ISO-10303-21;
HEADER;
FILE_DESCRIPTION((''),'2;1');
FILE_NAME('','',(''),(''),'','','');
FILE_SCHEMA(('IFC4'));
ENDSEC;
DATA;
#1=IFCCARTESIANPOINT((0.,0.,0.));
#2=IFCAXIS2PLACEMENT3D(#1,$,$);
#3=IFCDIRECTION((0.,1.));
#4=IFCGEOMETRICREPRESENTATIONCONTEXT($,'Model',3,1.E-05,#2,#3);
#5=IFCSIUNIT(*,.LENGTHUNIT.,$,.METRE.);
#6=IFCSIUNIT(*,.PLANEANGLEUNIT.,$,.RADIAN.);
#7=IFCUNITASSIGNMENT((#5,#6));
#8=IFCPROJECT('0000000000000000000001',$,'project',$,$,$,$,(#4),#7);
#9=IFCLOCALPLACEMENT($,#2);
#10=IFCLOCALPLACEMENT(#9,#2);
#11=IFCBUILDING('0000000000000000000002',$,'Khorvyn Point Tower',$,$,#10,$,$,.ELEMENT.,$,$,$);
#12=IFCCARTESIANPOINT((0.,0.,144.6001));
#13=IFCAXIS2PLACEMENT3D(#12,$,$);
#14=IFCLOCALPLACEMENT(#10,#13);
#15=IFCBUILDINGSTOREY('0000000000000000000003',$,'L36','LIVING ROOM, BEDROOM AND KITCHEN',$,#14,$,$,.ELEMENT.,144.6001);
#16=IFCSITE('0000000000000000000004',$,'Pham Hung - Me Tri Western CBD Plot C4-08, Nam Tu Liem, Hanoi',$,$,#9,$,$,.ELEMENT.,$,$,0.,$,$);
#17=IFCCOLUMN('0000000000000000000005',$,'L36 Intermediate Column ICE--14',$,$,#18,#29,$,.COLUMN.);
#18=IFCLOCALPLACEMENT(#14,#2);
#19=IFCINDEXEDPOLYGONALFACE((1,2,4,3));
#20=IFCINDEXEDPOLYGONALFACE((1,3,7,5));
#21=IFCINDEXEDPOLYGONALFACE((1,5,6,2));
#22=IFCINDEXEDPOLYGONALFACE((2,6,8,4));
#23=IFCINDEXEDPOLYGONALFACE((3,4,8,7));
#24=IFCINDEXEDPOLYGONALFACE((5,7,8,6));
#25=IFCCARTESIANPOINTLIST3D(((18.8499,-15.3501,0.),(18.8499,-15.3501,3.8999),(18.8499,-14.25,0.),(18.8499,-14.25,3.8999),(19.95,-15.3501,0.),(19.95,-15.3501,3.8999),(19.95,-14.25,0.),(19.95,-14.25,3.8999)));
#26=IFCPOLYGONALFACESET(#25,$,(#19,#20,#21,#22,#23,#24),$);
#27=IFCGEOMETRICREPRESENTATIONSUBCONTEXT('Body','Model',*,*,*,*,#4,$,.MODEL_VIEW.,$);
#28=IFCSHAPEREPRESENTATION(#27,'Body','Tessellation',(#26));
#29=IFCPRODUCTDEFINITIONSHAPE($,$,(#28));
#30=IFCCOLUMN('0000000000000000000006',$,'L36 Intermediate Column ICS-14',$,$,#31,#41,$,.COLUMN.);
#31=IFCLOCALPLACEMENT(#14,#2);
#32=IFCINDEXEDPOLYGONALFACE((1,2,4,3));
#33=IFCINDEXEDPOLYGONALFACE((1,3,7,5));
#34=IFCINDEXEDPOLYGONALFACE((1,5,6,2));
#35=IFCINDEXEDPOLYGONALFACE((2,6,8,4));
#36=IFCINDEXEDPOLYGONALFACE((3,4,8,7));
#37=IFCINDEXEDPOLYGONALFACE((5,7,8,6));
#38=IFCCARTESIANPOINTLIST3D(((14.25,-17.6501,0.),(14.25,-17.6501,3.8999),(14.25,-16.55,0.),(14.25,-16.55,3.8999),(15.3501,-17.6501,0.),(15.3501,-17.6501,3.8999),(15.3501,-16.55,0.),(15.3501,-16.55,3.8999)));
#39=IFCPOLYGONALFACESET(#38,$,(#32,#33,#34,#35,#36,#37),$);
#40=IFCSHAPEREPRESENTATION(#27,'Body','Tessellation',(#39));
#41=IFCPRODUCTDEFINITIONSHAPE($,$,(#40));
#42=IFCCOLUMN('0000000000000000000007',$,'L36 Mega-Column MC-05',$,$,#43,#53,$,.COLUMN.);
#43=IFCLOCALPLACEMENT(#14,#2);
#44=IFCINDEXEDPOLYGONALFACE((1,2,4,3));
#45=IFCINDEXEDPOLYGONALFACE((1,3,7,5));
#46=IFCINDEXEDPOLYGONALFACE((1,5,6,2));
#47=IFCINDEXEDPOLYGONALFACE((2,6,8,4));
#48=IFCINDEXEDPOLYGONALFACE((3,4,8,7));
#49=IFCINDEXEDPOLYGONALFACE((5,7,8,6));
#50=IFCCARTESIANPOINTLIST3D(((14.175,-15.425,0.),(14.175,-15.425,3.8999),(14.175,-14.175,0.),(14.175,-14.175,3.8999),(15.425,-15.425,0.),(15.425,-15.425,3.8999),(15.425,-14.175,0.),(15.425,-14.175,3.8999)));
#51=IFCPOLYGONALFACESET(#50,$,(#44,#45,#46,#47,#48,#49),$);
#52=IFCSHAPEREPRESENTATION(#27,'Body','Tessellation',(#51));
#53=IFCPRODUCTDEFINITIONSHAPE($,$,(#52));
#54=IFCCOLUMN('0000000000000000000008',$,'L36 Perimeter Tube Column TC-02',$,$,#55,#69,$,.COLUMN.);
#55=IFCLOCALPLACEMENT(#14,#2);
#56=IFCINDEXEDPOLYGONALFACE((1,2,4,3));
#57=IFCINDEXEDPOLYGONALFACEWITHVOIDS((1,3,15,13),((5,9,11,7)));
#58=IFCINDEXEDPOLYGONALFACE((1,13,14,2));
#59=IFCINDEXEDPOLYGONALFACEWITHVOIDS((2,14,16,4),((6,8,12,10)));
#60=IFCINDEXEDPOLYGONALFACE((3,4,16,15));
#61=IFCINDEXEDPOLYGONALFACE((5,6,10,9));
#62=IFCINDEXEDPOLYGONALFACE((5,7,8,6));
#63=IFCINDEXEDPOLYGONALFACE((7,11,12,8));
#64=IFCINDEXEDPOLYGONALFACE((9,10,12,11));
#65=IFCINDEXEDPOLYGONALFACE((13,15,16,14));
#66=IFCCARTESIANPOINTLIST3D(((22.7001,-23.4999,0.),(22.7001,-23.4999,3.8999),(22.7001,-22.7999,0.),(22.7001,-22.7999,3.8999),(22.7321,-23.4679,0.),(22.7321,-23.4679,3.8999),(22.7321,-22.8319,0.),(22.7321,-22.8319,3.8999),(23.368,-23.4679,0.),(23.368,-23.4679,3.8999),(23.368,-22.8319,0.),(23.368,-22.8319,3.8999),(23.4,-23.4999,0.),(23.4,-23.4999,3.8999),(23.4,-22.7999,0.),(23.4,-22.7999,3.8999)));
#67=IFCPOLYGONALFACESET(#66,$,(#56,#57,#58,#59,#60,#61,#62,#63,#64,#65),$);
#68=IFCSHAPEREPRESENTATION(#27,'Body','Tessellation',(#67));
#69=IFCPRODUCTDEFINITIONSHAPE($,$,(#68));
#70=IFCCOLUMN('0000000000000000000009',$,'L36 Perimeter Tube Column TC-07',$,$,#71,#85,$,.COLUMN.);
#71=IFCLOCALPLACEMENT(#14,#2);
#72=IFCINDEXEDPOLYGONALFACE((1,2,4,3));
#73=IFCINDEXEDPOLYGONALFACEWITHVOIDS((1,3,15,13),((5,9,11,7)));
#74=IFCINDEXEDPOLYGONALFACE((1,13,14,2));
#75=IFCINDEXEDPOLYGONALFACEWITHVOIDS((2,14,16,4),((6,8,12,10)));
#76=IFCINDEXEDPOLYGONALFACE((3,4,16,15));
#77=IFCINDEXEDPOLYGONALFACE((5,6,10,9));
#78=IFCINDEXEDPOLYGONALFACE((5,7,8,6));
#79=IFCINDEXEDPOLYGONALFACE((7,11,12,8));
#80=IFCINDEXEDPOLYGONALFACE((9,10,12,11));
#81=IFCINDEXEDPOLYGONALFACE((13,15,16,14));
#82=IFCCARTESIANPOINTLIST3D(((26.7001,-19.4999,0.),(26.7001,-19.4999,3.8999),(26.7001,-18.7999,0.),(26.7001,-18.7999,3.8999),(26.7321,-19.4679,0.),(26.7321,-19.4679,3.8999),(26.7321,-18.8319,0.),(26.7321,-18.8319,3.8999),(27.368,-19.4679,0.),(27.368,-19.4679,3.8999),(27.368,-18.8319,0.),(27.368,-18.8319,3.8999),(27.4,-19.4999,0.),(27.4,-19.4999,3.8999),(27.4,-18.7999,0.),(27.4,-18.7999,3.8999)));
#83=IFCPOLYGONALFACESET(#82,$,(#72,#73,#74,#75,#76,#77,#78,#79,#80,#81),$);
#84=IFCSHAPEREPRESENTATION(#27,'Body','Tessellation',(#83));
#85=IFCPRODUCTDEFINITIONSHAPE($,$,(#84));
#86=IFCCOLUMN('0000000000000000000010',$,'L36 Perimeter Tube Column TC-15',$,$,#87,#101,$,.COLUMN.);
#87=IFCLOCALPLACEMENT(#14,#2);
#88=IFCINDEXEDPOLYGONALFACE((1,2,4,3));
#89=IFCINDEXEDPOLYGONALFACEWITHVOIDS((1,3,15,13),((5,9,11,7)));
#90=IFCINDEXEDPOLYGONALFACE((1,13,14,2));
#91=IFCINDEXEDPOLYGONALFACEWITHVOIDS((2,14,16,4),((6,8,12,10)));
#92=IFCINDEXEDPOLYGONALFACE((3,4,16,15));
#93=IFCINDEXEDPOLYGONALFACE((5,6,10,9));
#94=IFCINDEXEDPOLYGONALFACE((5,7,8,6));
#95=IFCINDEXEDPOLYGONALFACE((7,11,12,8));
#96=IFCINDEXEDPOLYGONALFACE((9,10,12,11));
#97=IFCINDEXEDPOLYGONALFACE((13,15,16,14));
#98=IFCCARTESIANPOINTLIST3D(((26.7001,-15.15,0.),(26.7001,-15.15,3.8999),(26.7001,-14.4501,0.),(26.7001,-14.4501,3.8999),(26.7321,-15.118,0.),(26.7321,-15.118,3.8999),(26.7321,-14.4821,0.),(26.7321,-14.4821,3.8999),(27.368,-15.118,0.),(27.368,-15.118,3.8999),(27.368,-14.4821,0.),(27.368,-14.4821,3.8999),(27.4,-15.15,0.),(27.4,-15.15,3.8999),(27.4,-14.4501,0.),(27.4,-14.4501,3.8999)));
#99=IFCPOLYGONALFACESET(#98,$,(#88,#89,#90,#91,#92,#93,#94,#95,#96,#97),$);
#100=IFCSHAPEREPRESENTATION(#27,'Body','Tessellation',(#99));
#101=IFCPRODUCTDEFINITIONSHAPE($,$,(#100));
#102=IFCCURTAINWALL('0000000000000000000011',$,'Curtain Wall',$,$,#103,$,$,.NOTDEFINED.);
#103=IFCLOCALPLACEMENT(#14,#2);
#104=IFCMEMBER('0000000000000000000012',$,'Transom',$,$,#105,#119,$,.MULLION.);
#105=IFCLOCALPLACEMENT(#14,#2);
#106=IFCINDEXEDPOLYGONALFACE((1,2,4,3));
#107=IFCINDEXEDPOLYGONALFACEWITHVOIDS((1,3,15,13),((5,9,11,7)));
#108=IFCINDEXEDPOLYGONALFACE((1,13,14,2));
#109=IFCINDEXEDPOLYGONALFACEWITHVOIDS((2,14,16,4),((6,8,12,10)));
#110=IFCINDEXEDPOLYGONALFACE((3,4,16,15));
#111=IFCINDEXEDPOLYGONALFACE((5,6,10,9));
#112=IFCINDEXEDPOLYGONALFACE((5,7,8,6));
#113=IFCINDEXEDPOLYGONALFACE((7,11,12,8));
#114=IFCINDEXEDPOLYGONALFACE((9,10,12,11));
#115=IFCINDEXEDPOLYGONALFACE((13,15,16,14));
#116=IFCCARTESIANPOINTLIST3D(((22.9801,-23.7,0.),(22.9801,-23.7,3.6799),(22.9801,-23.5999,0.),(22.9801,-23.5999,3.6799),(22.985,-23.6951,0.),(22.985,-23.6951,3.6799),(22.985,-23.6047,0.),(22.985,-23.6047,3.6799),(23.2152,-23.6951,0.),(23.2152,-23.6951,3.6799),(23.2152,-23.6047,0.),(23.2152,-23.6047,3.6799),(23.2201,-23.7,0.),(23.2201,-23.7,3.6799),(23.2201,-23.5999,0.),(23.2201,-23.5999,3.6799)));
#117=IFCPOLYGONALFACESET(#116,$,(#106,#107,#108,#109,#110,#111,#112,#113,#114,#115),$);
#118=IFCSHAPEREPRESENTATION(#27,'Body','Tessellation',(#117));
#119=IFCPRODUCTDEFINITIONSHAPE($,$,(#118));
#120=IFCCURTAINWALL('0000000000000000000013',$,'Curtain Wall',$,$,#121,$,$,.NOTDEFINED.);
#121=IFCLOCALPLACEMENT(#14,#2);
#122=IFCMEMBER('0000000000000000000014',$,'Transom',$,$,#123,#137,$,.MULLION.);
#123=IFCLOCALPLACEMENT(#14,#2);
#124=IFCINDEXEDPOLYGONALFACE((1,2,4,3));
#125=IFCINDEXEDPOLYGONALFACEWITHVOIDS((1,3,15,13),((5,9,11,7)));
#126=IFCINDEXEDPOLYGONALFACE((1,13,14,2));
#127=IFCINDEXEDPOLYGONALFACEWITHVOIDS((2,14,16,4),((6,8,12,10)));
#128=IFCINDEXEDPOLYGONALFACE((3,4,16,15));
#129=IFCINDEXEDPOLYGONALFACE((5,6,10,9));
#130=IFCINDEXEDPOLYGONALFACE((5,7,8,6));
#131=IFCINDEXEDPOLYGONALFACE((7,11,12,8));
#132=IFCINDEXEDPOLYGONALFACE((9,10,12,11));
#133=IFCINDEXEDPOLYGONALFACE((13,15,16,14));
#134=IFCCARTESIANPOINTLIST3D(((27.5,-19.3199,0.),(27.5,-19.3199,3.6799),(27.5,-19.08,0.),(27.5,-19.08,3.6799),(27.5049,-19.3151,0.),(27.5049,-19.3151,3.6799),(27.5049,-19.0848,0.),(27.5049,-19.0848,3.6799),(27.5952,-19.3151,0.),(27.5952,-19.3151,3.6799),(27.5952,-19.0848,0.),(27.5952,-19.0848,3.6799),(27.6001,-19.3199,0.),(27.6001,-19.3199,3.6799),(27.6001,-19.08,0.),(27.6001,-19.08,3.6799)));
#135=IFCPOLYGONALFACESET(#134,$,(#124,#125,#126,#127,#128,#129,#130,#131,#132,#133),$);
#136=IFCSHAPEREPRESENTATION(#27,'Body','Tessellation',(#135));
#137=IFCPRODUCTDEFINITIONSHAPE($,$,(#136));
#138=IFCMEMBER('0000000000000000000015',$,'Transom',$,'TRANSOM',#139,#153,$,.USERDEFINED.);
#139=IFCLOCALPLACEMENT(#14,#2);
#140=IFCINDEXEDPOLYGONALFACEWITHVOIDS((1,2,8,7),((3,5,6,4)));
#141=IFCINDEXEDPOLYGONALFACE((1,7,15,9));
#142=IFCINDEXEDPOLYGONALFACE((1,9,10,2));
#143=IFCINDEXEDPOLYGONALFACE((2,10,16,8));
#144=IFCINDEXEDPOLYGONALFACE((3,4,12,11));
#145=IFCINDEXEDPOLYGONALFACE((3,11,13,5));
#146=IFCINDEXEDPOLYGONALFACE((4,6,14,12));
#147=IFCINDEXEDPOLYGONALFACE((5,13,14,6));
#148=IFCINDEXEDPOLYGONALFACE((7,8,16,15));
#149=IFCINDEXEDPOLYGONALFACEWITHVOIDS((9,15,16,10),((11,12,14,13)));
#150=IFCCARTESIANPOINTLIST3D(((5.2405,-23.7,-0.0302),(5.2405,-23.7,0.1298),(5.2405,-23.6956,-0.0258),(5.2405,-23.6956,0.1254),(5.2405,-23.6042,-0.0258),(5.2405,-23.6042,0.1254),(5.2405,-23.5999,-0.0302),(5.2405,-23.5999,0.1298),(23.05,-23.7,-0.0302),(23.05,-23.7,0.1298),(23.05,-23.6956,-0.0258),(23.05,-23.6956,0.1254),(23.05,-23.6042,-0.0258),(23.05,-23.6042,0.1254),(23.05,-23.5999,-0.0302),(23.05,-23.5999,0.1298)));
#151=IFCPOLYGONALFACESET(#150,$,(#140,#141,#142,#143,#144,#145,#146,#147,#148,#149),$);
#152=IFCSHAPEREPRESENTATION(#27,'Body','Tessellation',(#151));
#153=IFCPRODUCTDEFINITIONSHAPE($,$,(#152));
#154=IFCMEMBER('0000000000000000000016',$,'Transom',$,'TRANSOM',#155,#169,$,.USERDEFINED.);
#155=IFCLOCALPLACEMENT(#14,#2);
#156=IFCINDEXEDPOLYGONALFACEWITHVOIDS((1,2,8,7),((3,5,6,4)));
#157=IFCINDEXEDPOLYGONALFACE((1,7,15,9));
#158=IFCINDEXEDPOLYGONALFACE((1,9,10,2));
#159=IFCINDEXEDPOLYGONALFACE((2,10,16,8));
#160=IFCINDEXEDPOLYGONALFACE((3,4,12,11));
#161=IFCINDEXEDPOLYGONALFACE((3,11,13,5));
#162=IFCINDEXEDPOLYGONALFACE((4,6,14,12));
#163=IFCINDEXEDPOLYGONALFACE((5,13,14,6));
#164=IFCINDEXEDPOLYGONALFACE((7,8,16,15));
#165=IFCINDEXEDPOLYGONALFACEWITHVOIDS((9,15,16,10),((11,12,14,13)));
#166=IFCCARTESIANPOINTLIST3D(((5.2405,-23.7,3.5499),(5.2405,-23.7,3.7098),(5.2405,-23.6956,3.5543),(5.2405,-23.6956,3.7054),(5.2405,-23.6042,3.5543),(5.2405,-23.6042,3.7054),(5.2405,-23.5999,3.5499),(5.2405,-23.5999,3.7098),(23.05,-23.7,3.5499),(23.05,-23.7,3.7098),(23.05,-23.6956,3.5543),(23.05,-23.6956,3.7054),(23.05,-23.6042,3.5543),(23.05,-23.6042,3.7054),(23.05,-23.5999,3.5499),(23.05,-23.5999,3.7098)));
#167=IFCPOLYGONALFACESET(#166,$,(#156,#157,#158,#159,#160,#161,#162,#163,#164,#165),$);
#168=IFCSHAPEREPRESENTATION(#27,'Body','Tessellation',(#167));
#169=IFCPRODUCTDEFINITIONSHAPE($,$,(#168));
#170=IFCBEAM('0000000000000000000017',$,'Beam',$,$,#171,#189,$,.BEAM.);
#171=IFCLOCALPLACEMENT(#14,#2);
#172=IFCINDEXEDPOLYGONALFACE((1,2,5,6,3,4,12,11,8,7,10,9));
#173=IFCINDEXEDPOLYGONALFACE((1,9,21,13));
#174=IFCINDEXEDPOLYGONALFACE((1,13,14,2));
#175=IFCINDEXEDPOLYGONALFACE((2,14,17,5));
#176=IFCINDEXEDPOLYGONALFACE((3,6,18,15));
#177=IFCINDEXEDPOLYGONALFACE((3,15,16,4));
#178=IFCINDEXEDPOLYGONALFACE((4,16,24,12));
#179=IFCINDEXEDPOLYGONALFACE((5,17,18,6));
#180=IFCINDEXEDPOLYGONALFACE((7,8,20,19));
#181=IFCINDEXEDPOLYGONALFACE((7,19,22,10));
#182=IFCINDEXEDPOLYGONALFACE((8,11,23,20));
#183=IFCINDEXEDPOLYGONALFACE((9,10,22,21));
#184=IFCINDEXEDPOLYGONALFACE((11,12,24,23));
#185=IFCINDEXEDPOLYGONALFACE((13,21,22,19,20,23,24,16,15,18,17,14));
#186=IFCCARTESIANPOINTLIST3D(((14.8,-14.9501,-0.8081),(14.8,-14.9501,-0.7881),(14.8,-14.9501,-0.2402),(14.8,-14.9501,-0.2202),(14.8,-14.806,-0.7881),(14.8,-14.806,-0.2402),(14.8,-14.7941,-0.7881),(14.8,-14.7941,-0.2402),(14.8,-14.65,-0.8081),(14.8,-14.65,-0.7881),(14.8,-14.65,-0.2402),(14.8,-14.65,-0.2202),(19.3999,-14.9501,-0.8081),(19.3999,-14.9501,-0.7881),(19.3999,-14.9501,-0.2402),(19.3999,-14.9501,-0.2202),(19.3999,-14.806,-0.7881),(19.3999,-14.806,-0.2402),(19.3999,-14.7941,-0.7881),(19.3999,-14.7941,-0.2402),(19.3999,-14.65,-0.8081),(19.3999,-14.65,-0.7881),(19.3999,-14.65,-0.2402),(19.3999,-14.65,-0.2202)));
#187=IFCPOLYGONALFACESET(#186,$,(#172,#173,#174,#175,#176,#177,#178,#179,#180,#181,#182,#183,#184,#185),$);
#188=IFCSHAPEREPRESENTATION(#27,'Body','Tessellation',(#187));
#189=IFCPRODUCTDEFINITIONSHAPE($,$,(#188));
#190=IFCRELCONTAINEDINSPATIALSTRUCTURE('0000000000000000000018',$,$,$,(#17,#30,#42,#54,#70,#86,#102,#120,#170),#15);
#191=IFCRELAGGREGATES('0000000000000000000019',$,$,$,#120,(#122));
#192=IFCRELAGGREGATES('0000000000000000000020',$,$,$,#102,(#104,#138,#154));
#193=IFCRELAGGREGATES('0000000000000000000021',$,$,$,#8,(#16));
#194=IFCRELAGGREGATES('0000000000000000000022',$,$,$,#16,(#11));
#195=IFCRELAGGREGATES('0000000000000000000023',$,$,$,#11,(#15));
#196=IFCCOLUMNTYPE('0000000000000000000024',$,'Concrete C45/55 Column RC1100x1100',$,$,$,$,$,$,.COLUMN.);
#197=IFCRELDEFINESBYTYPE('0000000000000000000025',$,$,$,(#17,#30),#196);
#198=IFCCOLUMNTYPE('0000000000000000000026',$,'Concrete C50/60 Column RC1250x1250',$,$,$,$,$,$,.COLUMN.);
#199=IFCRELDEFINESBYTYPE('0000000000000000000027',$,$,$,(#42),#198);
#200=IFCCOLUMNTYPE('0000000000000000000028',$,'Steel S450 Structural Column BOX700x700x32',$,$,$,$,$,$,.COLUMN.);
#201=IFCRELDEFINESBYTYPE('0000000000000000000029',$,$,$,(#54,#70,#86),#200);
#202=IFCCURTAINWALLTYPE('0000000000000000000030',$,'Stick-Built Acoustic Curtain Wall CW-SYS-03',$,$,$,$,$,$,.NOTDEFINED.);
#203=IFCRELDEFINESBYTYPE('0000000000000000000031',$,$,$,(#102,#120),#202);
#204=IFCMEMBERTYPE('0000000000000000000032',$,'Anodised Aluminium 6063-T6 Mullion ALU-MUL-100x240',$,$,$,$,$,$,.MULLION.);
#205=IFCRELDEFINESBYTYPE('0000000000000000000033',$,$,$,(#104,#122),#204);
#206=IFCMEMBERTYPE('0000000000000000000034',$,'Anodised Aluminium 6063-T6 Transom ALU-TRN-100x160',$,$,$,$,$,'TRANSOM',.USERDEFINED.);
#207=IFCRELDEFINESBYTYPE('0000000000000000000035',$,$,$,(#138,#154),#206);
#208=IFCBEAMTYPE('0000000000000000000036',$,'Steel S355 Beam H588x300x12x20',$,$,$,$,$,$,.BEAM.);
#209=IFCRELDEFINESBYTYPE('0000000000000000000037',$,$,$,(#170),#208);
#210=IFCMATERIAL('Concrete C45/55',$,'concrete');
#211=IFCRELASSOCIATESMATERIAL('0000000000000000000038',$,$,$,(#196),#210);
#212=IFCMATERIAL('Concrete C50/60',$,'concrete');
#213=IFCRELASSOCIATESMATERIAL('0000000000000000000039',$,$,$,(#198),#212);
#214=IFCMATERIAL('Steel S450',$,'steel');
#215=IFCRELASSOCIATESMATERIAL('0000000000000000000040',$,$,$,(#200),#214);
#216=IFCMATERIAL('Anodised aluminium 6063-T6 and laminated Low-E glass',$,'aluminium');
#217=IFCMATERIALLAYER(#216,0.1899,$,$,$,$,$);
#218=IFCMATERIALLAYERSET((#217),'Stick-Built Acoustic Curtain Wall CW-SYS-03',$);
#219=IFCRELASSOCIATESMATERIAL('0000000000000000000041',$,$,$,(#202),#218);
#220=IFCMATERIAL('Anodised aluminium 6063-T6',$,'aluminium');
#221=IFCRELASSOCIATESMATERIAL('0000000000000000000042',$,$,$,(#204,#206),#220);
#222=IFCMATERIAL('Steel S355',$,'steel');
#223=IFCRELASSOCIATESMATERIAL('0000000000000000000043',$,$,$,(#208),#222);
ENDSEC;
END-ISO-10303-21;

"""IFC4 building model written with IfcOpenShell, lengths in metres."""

from ifc_helpers import new_model, si_unit, direction, frame, origin, origin_2d, place, context, subcontext, project, spatial, rectangle, hollow_rectangle, i_section, extrude, material, layer, layer_set, material_profile, profile_set, type_object, element, aggregate, save


model = new_model("IFC4")

# Units and contexts
model_context = context("Model", 3, precision=1e-05, world=origin(), true_north=direction((0.0, 1.0)))
body_context = subcontext(model_context, "Body", "Model", "MODEL_VIEW")
ifc_project = project(units=[si_unit("LENGTHUNIT", "METRE"), si_unit("PLANEANGLEUNIT", "RADIAN")], contexts=[model_context])

# Site, building, storey
site_placement = place(None, origin())
site = spatial("IfcSite", under=ifc_project, at=site_placement, Name="Pham Hung - Me Tri Western CBD Plot C4-08, Nam Tu Liem, Hanoi", CompositionType="ELEMENT", RefElevation=0.0)
building_placement = place(site_placement, origin())
building = spatial("IfcBuilding", under=site, at=building_placement, Name="Khorvyn Point Tower", CompositionType="ELEMENT")
storey_placement = place(building_placement, frame((0.0, 0.0, 144.6001)))
storey = spatial("IfcBuildingStorey", under=building, at=storey_placement, Name="L36", Description="LIVING ROOM, BEDROOM AND KITCHEN", CompositionType="ELEMENT", Elevation=144.6001)

# Columns
ifc_material_1 = material(Name="Concrete C45/55", Category="concrete")
ifc_material_profile_1 = material_profile(ifc_material_1, rectangle(XDim=1.1001, YDim=1.1001, at=origin_2d()))
ifc_profile_set_1 = profile_set([ifc_material_profile_1], Name="Concrete C45/55 RC1100x1100")
column_type_1 = type_object("IfcColumnType", Name="Concrete C45/55 Column RC1100x1100", PredefinedType="COLUMN", material=ifc_profile_set_1)
for number, where, z_axis, x_axis, name in (
    (1, (19.3999, -14.8, 0.0), (0.0, 0.0, 1.0), (1.0, 0.0, 0.0), "L36 Intermediate Column ICE--14"),
    (2, (14.8, -17.1001, 0.0), (0.0, 0.0, 1.0), (1.0, 0.0, 0.0), "L36 Intermediate Column ICS-14"),
):
    element("IfcColumn", number, at=place(storey_placement, frame(where, z_axis=z_axis, x_axis=x_axis)), inside=storey, type_object=column_type_1, Name=name, PredefinedType="COLUMN", context=body_context, shape_type="SweptSolid", body=[
        extrude(rectangle(XDim=1.1001, YDim=1.1001, at=origin_2d()), origin(), (0.0, 0.0, 1.0), 3.8999),
    ])
ifc_material_2 = material(Name="Concrete C50/60", Category="concrete")
ifc_material_profile_2 = material_profile(ifc_material_2, rectangle(XDim=1.25, YDim=1.25, at=origin_2d()))
ifc_profile_set_2 = profile_set([ifc_material_profile_2], Name="Concrete C50/60 RC1250x1250")
column_type_2 = type_object("IfcColumnType", Name="Concrete C50/60 Column RC1250x1250", PredefinedType="COLUMN", material=ifc_profile_set_2)
column_placement = place(storey_placement, frame((14.8, -14.8, 0.0), z_axis=(0.0, 0.0, 1.0), x_axis=(1.0, 0.0, 0.0)))
element("IfcColumn", 3, at=column_placement, inside=storey, type_object=column_type_2, Name="L36 Mega-Column MC-05", PredefinedType="COLUMN", context=body_context, shape_type="SweptSolid", body=[
    extrude(rectangle(XDim=1.25, YDim=1.25, at=origin_2d()), origin(), (0.0, 0.0, 1.0), 3.8999),
])
ifc_material_3 = material(Name="Steel S450", Category="steel")
ifc_material_profile_3 = material_profile(ifc_material_3, hollow_rectangle(XDim=0.7, YDim=0.7, WallThickness=0.032, at=origin_2d()))
ifc_profile_set_3 = profile_set([ifc_material_profile_3], Name="Steel S450 BOX700x700x32")
column_type_3 = type_object("IfcColumnType", Name="Steel S450 Structural Column BOX700x700x32", PredefinedType="COLUMN", material=ifc_profile_set_3)
for number, where, z_axis, x_axis, name in (
    (4, (23.05, -23.1499, 0.0), (0.0, 0.0, 1.0), (1.0, 0.0, 0.0), "L36 Perimeter Tube Column TC-02"),
    (5, (27.05, -19.1499, 0.0), (0.0, 0.0, 1.0), (1.0, 0.0, 0.0), "L36 Perimeter Tube Column TC-07"),
    (6, (27.05, -14.8, 0.0), (0.0, 0.0, 1.0), (1.0, 0.0, 0.0), "L36 Perimeter Tube Column TC-15"),
):
    element("IfcColumn", number, at=place(storey_placement, frame(where, z_axis=z_axis, x_axis=x_axis)), inside=storey, type_object=column_type_3, Name=name, PredefinedType="COLUMN", context=body_context, shape_type="SweptSolid", body=[
        extrude(hollow_rectangle(XDim=0.7, YDim=0.7, WallThickness=0.032, at=origin_2d()), origin(), (0.0, 0.0, 1.0), 3.8999),
    ])

# Curtain walls, members
ifc_material_4 = material(Name="Anodised aluminium 6063-T6 and laminated Low-E glass", Category="aluminium")
ifc_layer_1 = layer(ifc_material_4, 0.1899)
ifc_layer_set_1 = layer_set([ifc_layer_1], Name="Stick-Built Acoustic Curtain Wall CW-SYS-03")
curtain_wall_type = type_object("IfcCurtainWallType", Name="Stick-Built Acoustic Curtain Wall CW-SYS-03", PredefinedType="NOTDEFINED", material=ifc_layer_set_1)
curtain_wall_1_placement = place(storey_placement, origin())
curtain_wall_1 = element("IfcCurtainWall", 7, at=curtain_wall_1_placement, inside=storey, type_object=curtain_wall_type, Name="Curtain Wall", PredefinedType="NOTDEFINED")
ifc_material_5 = material(Name="Anodised aluminium 6063-T6", Category="aluminium")
ifc_material_profile_4 = material_profile(ifc_material_5, hollow_rectangle(XDim=0.1001, YDim=0.24, WallThickness=0.0049, at=origin_2d()))
ifc_profile_set_4 = profile_set([ifc_material_profile_4], Name="Anodised aluminium 6063-T6 ALU-MUL-100x240")
member_type_1 = type_object("IfcMemberType", Name="Anodised Aluminium 6063-T6 Mullion ALU-MUL-100x240", PredefinedType="MULLION", material=ifc_profile_set_4)
member_1_placement = place(storey_placement, frame((23.1001, -23.6499, 0.0), z_axis=(0.0, 0.0, 1.0), x_axis=(0.0, -1.0, 0.0)))
member_1 = element("IfcMember", 8, at=member_1_placement, type_object=member_type_1, Name="Transom", PredefinedType="MULLION", context=body_context, shape_type="SweptSolid", body=[
    extrude(hollow_rectangle(XDim=0.1001, YDim=0.24, WallThickness=0.0049, at=origin_2d()), origin(), (0.0, 0.0, 1.0), 3.6799),
])
curtain_wall_2_placement = place(storey_placement, origin())
curtain_wall_2 = element("IfcCurtainWall", 9, at=curtain_wall_2_placement, inside=storey, type_object=curtain_wall_type, Name="Curtain Wall", PredefinedType="NOTDEFINED")
member_2_placement = place(storey_placement, frame((27.55, -19.2, 0.0), z_axis=(0.0, 0.0, 1.0), x_axis=(1.0, 0.0, 0.0)))
member_2 = element("IfcMember", 10, at=member_2_placement, type_object=member_type_1, Name="Transom", PredefinedType="MULLION", context=body_context, shape_type="SweptSolid", body=[
    extrude(hollow_rectangle(XDim=0.1001, YDim=0.24, WallThickness=0.0049, at=origin_2d()), origin(), (0.0, 0.0, 1.0), 3.6799),
])
aggregate(curtain_wall_2, [member_2])

# Members
ifc_material_profile_5 = material_profile(ifc_material_5, hollow_rectangle(XDim=0.1001, YDim=0.1599, WallThickness=0.0044, at=origin_2d()))
ifc_profile_set_5 = profile_set([ifc_material_profile_5], Name="Anodised aluminium 6063-T6 ALU-TRN-100x160")
member_type_2 = type_object("IfcMemberType", Name="Anodised Aluminium 6063-T6 Transom ALU-TRN-100x160", ElementType="TRANSOM", PredefinedType="USERDEFINED", material=ifc_profile_set_5)
member_3_placement = place(storey_placement, frame((23.05, -23.6499, 0.0498), z_axis=(-1.0, 0.0, 0.0), x_axis=(0.0, -1.0, 0.0)))
member_3 = element("IfcMember", 11, at=member_3_placement, type_object=member_type_2, Name="Transom", ObjectType="TRANSOM", PredefinedType="USERDEFINED", context=body_context, shape_type="SweptSolid", body=[
    extrude(hollow_rectangle(XDim=0.1001, YDim=0.1599, WallThickness=0.0044, at=origin_2d()), origin(), (0.0, 0.0, 1.0), 17.8096),
])
member_4_placement = place(storey_placement, frame((23.05, -23.6499, 3.6299), z_axis=(-1.0, 0.0, 0.0), x_axis=(0.0, -1.0, 0.0)))
member_4 = element("IfcMember", 12, at=member_4_placement, type_object=member_type_2, Name="Transom", ObjectType="TRANSOM", PredefinedType="USERDEFINED", context=body_context, shape_type="SweptSolid", body=[
    extrude(hollow_rectangle(XDim=0.1001, YDim=0.1599, WallThickness=0.0044, at=origin_2d()), origin(), (0.0, 0.0, 1.0), 17.8096),
])

# Beam
ifc_material_6 = material(Name="Steel S355", Category="steel")
ifc_material_profile_6 = material_profile(ifc_material_6, i_section(OverallWidth=0.3, OverallDepth=0.5879, WebThickness=0.012, FlangeThickness=0.02, at=origin_2d()))
ifc_profile_set_6 = profile_set([ifc_material_profile_6], Name="Steel S355 H588x300x12x20")
beam_type_1 = type_object("IfcBeamType", Name="Steel S355 Beam H588x300x12x20", PredefinedType="BEAM", material=ifc_profile_set_6)
beam_1_placement = place(storey_placement, frame((14.8, -14.8, -0.5142), z_axis=(1.0, 0.0, 0.0), x_axis=(0.0, 1.0, 0.0)))
element("IfcBeam", 13, at=beam_1_placement, inside=storey, type_object=beam_type_1, Name="Beam", PredefinedType="BEAM", context=body_context, shape_type="SweptSolid", body=[
    extrude(i_section(OverallWidth=0.3, OverallDepth=0.5879, WebThickness=0.012, FlangeThickness=0.02, at=origin_2d()), origin(), (0.0, 0.0, 1.0), 4.5999),
])

aggregate(curtain_wall_1, [member_1, member_3, member_4])

save(model, "model.ifc")
